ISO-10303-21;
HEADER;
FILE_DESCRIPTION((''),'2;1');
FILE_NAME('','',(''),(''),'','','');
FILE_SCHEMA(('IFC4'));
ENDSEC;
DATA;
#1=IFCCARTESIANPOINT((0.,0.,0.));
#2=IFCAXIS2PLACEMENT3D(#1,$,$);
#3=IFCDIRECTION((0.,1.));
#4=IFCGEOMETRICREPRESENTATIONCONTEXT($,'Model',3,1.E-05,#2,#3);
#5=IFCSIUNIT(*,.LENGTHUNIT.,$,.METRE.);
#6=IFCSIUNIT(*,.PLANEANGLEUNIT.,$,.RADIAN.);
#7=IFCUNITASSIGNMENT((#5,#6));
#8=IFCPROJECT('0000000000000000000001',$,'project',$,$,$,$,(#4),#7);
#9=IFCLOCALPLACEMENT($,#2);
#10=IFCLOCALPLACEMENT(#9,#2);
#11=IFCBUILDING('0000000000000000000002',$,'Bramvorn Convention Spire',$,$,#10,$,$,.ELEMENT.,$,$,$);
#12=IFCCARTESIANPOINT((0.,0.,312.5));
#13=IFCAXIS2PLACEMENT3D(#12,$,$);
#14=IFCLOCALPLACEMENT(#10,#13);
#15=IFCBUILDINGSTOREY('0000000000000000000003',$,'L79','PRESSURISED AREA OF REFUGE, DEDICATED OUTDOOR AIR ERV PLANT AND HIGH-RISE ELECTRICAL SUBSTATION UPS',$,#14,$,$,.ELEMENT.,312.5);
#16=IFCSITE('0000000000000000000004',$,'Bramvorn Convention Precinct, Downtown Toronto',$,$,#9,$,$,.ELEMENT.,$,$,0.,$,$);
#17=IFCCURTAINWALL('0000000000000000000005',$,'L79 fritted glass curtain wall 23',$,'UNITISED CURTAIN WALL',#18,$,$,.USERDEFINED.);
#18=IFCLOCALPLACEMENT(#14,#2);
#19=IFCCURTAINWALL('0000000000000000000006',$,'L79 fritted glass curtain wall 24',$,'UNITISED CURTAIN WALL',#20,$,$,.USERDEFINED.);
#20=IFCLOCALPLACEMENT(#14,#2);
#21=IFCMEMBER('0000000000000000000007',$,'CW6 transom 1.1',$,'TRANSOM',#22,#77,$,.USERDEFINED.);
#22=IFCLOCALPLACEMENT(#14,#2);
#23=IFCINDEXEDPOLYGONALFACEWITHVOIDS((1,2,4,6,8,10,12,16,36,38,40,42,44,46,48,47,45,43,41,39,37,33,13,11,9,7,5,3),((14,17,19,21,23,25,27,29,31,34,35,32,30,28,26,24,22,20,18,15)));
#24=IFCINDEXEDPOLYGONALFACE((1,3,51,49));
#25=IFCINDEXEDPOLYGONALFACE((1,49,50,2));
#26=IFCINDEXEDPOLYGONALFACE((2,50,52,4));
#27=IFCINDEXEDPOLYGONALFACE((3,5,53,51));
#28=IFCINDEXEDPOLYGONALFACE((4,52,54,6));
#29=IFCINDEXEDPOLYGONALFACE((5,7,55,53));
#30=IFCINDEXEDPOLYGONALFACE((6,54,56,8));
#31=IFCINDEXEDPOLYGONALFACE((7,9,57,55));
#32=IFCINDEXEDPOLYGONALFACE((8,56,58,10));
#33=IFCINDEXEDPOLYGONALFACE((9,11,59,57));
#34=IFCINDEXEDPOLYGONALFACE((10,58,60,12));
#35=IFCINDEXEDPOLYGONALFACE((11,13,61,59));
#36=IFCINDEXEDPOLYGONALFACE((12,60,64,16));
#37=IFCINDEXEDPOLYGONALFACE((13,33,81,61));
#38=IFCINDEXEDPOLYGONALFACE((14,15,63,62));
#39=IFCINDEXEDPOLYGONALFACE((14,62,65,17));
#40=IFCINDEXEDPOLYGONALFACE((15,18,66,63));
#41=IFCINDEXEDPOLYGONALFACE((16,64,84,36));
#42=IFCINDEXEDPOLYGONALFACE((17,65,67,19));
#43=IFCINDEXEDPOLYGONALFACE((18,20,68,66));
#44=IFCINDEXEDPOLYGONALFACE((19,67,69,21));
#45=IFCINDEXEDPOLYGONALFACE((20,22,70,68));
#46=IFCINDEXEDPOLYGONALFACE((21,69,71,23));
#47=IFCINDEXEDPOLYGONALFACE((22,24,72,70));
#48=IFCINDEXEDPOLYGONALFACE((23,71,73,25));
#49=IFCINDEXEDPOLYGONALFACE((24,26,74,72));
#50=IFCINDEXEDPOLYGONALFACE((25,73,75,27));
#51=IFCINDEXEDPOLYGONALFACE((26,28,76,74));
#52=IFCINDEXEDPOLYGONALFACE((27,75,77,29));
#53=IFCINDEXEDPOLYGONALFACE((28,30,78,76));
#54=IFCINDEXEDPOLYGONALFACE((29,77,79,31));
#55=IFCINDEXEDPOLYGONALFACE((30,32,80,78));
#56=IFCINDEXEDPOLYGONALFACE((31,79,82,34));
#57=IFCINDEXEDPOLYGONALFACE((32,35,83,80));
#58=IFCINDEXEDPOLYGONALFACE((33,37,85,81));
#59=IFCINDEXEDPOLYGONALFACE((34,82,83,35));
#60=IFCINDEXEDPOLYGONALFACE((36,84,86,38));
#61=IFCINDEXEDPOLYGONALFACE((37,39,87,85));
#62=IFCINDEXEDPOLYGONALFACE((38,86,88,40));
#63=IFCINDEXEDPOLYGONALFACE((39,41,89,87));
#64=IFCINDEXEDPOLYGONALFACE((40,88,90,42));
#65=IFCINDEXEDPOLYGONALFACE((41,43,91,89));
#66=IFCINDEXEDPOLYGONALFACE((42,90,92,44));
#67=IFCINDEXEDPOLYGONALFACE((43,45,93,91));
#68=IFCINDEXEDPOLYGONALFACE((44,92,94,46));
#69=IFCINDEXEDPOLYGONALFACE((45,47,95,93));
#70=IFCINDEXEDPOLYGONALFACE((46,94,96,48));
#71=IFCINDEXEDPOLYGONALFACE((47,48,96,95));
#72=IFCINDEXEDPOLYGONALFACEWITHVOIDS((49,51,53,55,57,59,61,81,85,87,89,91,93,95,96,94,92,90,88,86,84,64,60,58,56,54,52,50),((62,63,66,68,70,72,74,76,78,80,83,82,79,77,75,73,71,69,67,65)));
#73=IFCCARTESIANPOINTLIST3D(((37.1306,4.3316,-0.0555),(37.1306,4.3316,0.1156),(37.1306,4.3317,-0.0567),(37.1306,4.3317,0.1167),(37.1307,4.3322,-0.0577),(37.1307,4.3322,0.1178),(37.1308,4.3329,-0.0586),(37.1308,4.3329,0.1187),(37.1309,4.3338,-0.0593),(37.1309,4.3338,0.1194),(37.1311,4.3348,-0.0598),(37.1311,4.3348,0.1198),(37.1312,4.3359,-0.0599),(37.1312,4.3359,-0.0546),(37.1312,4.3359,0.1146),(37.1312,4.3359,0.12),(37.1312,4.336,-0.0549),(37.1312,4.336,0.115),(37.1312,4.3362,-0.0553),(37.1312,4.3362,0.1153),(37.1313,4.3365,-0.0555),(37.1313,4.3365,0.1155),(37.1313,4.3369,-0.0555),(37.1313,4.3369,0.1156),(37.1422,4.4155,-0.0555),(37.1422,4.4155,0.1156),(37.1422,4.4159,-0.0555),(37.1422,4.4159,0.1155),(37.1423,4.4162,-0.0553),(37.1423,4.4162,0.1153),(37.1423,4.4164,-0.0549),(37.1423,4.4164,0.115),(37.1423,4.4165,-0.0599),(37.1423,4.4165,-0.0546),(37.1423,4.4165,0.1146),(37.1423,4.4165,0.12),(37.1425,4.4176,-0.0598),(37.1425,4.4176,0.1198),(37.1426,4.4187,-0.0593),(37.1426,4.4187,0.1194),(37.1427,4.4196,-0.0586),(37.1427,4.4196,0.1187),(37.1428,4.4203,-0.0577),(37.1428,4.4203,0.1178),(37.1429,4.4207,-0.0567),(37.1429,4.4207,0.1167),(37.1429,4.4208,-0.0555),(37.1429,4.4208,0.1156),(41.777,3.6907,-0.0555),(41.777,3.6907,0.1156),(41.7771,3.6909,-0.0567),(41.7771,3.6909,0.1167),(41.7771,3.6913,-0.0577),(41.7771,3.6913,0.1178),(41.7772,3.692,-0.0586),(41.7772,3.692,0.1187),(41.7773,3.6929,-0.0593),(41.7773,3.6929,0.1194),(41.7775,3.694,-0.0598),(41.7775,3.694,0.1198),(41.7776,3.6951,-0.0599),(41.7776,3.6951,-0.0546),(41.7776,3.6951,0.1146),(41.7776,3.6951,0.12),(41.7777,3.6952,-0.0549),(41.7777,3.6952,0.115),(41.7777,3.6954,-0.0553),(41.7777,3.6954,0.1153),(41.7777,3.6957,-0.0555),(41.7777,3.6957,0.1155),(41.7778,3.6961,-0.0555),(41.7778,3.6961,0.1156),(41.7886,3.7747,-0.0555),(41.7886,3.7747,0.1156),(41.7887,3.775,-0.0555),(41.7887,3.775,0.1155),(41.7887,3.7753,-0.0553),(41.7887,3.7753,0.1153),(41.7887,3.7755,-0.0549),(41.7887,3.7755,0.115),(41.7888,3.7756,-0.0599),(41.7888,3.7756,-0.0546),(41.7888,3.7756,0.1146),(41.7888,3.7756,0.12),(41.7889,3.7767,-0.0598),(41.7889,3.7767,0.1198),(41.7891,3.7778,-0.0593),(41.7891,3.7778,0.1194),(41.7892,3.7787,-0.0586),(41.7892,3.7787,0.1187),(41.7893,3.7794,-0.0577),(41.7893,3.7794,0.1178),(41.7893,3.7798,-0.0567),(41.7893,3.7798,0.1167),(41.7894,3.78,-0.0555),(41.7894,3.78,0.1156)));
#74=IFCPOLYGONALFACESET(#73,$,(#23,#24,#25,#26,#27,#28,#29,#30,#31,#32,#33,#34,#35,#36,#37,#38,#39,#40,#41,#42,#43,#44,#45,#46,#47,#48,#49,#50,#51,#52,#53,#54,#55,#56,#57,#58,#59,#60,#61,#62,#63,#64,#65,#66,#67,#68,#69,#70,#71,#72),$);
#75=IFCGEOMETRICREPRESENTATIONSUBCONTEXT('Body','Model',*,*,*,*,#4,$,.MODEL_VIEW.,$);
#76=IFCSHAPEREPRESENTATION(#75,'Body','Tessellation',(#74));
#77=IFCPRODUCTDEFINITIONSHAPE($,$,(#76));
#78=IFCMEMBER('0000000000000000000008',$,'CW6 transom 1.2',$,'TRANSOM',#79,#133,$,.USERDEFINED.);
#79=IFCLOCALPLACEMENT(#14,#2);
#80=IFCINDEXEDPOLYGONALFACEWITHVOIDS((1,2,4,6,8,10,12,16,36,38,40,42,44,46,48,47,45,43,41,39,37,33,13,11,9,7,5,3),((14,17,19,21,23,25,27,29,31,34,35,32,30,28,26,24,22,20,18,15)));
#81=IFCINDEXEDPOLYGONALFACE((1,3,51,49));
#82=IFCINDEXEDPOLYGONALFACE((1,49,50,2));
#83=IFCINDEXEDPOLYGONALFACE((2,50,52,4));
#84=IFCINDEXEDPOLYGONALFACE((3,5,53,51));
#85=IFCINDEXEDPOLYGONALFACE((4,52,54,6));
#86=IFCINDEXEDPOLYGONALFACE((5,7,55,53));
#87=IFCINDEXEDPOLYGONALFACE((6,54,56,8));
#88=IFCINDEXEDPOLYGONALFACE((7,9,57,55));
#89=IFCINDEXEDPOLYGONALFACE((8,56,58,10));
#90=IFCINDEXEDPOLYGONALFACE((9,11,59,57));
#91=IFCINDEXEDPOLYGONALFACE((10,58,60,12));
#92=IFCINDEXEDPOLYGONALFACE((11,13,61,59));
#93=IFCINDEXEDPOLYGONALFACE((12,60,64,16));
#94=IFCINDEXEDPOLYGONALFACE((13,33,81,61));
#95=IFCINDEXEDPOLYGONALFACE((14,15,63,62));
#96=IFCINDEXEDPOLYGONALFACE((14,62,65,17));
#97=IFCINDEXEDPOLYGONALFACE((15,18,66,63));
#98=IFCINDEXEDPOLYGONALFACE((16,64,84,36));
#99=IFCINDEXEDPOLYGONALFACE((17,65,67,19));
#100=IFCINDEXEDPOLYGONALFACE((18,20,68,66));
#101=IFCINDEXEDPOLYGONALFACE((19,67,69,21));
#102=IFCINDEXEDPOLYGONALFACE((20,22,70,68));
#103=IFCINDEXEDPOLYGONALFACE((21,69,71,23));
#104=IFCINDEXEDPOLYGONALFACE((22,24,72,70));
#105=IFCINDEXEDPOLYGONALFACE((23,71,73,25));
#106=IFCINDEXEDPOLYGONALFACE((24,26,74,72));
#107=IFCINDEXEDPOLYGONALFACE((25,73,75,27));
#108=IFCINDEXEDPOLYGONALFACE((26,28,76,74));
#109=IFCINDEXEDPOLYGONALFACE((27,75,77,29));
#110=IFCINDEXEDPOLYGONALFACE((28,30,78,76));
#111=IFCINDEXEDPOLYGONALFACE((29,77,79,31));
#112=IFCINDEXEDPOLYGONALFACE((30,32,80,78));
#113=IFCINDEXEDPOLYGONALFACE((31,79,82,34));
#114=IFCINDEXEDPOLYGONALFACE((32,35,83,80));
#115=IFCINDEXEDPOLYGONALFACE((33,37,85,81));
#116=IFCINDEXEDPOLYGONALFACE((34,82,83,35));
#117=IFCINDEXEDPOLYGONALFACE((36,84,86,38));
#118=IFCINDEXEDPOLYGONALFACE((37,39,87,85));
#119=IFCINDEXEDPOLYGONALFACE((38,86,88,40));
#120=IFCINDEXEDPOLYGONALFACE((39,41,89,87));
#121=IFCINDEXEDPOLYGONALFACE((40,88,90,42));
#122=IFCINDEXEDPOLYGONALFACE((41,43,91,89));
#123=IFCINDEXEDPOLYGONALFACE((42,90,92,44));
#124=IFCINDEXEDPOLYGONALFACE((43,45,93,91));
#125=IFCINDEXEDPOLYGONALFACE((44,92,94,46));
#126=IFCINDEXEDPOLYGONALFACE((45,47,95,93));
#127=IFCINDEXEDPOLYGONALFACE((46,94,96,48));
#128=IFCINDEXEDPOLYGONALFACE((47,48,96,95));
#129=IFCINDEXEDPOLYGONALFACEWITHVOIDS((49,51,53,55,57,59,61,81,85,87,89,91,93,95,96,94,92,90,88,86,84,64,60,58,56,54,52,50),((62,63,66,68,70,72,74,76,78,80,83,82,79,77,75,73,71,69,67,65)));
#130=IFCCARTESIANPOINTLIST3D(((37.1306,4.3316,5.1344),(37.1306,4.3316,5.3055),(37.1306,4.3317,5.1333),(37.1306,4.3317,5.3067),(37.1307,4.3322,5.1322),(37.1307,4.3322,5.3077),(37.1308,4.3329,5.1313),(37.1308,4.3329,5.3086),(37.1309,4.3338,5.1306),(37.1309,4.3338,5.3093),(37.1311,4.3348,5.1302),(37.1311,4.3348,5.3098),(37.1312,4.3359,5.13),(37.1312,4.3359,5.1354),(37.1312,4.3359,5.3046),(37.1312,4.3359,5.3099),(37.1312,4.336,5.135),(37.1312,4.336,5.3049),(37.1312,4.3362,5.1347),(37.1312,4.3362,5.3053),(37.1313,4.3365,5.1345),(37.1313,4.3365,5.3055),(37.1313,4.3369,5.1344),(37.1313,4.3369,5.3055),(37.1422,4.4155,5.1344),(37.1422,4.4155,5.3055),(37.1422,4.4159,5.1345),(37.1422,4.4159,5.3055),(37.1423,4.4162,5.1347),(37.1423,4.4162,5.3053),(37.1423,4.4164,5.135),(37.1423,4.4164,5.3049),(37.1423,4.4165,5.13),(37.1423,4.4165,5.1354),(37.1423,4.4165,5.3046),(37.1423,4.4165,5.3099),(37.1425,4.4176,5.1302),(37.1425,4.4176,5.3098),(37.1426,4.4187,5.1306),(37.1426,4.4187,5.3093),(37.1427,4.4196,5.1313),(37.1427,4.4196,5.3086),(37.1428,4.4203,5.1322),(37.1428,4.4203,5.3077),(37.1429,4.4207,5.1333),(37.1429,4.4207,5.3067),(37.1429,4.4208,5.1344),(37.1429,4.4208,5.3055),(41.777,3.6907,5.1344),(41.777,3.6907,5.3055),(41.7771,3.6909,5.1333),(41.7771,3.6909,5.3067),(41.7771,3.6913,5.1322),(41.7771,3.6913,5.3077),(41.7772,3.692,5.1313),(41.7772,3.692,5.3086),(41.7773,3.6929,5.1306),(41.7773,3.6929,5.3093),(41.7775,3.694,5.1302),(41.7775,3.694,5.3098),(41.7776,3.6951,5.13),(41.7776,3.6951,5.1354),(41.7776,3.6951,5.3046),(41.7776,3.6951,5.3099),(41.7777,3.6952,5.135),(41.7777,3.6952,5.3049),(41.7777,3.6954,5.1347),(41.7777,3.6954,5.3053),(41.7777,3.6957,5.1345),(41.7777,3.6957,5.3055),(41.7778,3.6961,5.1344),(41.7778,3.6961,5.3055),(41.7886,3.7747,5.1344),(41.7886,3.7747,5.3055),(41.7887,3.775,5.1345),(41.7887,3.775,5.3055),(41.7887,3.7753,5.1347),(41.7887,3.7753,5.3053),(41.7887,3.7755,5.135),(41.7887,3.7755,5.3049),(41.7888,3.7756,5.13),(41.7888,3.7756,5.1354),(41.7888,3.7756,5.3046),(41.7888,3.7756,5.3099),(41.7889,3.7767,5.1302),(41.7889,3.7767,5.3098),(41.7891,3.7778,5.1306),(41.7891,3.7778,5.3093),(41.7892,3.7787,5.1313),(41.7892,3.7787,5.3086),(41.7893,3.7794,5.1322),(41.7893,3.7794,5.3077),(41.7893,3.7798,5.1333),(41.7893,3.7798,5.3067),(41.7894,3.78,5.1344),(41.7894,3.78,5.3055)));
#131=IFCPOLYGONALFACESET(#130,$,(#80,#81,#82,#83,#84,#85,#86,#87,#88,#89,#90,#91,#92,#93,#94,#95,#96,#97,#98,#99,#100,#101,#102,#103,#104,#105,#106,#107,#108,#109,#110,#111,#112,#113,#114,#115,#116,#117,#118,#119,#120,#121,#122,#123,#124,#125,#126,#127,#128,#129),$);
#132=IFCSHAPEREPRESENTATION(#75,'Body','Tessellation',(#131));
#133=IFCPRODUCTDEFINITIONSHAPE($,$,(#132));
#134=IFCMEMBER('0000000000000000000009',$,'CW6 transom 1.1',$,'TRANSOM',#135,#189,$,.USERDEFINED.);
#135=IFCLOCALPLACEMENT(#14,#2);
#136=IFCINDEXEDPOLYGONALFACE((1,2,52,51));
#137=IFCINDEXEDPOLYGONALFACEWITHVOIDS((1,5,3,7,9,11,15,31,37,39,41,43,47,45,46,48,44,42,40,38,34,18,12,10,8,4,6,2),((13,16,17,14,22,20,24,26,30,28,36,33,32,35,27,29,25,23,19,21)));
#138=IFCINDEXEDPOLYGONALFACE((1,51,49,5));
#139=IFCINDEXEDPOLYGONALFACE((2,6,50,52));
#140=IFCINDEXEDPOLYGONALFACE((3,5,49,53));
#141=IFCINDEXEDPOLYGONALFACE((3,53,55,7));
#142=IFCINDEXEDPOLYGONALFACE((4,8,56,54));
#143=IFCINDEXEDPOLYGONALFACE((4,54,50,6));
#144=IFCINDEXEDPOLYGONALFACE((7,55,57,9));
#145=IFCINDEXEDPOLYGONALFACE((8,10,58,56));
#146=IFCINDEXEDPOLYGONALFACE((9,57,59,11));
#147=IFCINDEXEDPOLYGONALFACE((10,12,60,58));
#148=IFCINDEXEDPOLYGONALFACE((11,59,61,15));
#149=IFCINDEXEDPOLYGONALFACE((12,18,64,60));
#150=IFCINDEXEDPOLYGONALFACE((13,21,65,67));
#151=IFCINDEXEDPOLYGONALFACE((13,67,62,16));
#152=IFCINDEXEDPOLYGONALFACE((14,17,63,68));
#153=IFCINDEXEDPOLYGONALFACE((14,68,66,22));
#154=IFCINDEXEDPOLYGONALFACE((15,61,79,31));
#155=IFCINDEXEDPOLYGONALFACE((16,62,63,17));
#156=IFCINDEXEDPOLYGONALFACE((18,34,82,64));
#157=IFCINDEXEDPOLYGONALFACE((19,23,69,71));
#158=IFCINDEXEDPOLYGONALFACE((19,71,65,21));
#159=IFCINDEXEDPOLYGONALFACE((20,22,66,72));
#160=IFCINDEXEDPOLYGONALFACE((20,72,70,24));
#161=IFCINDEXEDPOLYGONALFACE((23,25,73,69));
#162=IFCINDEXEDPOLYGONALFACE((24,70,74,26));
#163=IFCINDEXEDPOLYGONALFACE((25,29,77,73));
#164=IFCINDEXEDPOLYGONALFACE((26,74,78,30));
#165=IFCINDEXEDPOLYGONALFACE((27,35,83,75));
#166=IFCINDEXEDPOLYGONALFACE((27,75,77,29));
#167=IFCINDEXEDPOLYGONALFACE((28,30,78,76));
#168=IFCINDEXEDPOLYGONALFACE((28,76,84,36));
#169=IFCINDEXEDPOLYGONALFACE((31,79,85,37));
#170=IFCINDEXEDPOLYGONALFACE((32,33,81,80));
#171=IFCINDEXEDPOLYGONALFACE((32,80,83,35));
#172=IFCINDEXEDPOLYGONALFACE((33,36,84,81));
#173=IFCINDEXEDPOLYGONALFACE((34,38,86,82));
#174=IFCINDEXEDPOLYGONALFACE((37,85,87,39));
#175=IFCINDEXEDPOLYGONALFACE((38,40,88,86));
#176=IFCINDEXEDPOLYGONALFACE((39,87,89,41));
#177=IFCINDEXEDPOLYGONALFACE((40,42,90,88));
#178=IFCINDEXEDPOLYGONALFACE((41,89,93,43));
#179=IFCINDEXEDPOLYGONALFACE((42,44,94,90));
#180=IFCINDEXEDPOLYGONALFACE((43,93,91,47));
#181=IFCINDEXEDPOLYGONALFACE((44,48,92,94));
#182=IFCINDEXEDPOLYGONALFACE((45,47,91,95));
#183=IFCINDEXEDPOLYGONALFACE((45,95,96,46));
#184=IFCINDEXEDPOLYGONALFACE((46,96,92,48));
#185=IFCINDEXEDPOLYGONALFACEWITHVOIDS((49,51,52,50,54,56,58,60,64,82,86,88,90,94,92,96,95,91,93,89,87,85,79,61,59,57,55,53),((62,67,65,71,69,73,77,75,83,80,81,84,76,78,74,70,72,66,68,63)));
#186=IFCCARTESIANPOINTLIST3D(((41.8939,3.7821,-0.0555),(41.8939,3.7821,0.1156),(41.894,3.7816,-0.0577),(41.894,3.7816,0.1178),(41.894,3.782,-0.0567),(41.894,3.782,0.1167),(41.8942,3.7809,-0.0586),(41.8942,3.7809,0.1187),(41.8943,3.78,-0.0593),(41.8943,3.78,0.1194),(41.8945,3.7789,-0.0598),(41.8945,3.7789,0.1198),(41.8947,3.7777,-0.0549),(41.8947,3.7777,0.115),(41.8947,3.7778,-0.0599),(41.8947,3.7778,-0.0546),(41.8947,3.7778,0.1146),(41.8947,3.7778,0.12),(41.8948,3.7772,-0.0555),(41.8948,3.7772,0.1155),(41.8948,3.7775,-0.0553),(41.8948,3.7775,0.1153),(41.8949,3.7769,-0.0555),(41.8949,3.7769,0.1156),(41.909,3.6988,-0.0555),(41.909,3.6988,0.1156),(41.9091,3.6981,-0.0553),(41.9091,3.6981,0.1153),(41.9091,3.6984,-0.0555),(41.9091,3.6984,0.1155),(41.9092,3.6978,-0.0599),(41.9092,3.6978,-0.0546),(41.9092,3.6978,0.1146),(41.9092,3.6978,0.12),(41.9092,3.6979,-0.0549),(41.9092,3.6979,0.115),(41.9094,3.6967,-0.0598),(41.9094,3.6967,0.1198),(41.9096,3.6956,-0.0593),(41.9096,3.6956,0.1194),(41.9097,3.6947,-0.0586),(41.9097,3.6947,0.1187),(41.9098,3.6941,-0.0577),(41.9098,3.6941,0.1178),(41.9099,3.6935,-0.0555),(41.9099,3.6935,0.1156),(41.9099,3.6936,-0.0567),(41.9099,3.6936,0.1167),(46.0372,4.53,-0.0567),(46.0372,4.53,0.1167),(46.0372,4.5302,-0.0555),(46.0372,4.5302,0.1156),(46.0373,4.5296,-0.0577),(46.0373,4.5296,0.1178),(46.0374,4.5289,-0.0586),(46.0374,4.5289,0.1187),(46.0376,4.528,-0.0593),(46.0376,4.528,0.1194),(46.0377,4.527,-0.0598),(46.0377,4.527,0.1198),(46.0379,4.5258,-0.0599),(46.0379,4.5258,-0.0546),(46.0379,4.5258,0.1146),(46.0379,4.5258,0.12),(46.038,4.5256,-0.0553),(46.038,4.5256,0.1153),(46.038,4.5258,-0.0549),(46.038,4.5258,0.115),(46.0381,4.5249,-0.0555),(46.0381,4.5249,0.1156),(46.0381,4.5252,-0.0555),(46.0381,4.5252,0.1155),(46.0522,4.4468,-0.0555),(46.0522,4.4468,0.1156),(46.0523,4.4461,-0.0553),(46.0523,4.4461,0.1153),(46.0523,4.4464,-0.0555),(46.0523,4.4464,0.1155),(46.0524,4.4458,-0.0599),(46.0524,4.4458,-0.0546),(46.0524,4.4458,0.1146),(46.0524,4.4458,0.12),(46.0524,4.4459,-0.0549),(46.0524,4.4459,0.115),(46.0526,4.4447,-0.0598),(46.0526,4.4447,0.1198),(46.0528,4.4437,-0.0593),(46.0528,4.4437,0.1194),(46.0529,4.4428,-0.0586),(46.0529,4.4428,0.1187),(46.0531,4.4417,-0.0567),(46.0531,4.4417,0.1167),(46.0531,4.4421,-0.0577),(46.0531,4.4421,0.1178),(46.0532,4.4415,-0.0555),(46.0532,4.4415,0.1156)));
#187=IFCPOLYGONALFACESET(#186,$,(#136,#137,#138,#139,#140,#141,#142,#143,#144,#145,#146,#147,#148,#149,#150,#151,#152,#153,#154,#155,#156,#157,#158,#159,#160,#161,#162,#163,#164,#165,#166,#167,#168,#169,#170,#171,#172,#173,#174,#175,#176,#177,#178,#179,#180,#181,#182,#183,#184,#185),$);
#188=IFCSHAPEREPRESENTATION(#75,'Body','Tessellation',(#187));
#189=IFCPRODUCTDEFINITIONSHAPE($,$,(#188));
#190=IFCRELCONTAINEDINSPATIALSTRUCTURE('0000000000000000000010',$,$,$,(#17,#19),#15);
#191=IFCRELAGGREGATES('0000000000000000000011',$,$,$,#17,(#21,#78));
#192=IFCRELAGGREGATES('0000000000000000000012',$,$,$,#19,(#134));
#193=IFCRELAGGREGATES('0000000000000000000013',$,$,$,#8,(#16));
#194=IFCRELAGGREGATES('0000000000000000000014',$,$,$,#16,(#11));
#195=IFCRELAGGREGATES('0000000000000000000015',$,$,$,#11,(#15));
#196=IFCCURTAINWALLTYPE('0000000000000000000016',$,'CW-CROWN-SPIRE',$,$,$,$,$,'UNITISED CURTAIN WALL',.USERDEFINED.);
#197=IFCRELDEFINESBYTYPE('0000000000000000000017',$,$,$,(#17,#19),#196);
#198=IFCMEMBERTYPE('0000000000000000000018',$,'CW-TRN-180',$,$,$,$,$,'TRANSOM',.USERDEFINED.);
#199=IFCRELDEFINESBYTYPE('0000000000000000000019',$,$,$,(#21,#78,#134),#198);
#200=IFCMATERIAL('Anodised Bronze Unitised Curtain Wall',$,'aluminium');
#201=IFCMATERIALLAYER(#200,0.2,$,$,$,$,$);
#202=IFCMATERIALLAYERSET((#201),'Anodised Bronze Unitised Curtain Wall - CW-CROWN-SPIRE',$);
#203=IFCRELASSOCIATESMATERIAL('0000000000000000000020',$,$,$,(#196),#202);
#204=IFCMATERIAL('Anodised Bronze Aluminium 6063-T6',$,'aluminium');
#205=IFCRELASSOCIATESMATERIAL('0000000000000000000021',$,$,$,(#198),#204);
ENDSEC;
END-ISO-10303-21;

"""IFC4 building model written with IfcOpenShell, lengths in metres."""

from ifc_helpers import new_model, si_unit, direction, frame, origin, origin_2d, place, context, subcontext, project, spatial, hollow_rectangle, extrude, material, layer, layer_set, material_profile, profile_set, type_object, element, aggregate, save


model = new_model("IFC4")

# Units and contexts
model_context = context("Model", 3, precision=1e-05, world=origin(), true_north=direction((0.0, 1.0)))
body_context = subcontext(model_context, "Body", "Model", "MODEL_VIEW")
ifc_project = project(units=[si_unit("LENGTHUNIT", "METRE"), si_unit("PLANEANGLEUNIT", "RADIAN")], contexts=[model_context])

# Site, building, storey
site_placement = place(None, origin())
site = spatial("IfcSite", under=ifc_project, at=site_placement, Name="Bramvorn Convention Precinct, Downtown Toronto", CompositionType="ELEMENT", RefElevation=0.0)
building_placement = place(site_placement, origin())
building = spatial("IfcBuilding", under=site, at=building_placement, Name="Bramvorn Convention Spire", CompositionType="ELEMENT")
storey_placement = place(building_placement, frame((0.0, 0.0, 312.5)))
storey = spatial("IfcBuildingStorey", under=building, at=storey_placement, Name="L79", Description="PRESSURISED AREA OF REFUGE, DEDICATED OUTDOOR AIR ERV PLANT AND HIGH-RISE ELECTRICAL SUBSTATION UPS", CompositionType="ELEMENT", Elevation=312.5)

# Curtain wall
ifc_material_1 = material(Name="Anodised Bronze Unitised Curtain Wall", Category="aluminium")
ifc_layer_1 = layer(ifc_material_1, 0.2)
ifc_layer_set_1 = layer_set([ifc_layer_1], Name="Anodised Bronze Unitised Curtain Wall - CW-CROWN-SPIRE")
curtain_wall_type = type_object("IfcCurtainWallType", Name="CW-CROWN-SPIRE", ElementType="UNITISED CURTAIN WALL", PredefinedType="USERDEFINED", material=ifc_layer_set_1)
curtain_wall_1_placement = place(storey_placement, origin())
curtain_wall_1 = element("IfcCurtainWall", 1, at=curtain_wall_1_placement, inside=storey, type_object=curtain_wall_type, Name="L79 fritted glass curtain wall 23", ObjectType="UNITISED CURTAIN WALL", PredefinedType="USERDEFINED")
ifc_material_2 = material(Name="Anodised Bronze Aluminium 6063-T6", Category="aluminium")

# Curtain wall
curtain_wall_2_placement = place(storey_placement, origin())
curtain_wall_2 = element("IfcCurtainWall", 2, at=curtain_wall_2_placement, inside=storey, type_object=curtain_wall_type, Name="L79 fritted glass curtain wall 24", ObjectType="UNITISED CURTAIN WALL", PredefinedType="USERDEFINED")

# Members
ifc_material_profile_1 = material_profile(ifc_material_2, hollow_rectangle(XDim=0.0901, YDim=0.1799, WallThickness=0.0044, InnerFilletRadius=0.001, OuterFilletRadius=0.0044, at=origin_2d()))
ifc_profile_set_1 = profile_set([ifc_material_profile_1], Name="Anodised Bronze Aluminium 6063-T6 - CWT90X180")
member_type_1 = type_object("IfcMemberType", Name="CW-TRN-180", ElementType="TRANSOM", PredefinedType="USERDEFINED", material=ifc_profile_set_1)
member_1_placement = place(storey_placement, frame((41.7832, 3.7354, 0.03), z_axis=(-0.990622, 0.136632, 0.0), x_axis=(-0.136632, -0.990622, 0.0)))
member_1 = element("IfcMember", 3, at=member_1_placement, type_object=member_type_1, Name="CW6 transom 1.1", ObjectType="TRANSOM", PredefinedType="USERDEFINED", context=body_context, shape_type="SweptSolid", body=[
    extrude(hollow_rectangle(XDim=0.0901, YDim=0.1799, WallThickness=0.0044, InnerFilletRadius=0.001, OuterFilletRadius=0.0044, at=origin_2d()), origin(), (0.0, 0.0, 1.0), 4.6904),
])
member_2_placement = place(storey_placement, frame((41.7832, 3.7354, 5.22), z_axis=(-0.990622, 0.136632, 0.0), x_axis=(-0.136632, -0.990622, 0.0)))
member_2 = element("IfcMember", 4, at=member_2_placement, type_object=member_type_1, Name="CW6 transom 1.2", ObjectType="TRANSOM", PredefinedType="USERDEFINED", context=body_context, shape_type="SweptSolid", body=[
    extrude(hollow_rectangle(XDim=0.0901, YDim=0.1799, WallThickness=0.0044, InnerFilletRadius=0.001, OuterFilletRadius=0.0044, at=origin_2d()), origin(), (0.0, 0.0, 1.0), 4.6904),
])
member_3_placement = place(storey_placement, frame((46.0452, 4.4858, 0.03), z_axis=(-0.98409, -0.177671, 0.0), x_axis=(0.177671, -0.98409, 0.0)))
member_3 = element("IfcMember", 5, at=member_3_placement, type_object=member_type_1, Name="CW6 transom 1.1", ObjectType="TRANSOM", PredefinedType="USERDEFINED", context=body_context, shape_type="SweptSolid", body=[
    extrude(hollow_rectangle(XDim=0.0901, YDim=0.1799, WallThickness=0.0044, InnerFilletRadius=0.001, OuterFilletRadius=0.0044, at=origin_2d()), origin(), (0.0, 0.0, 1.0), 4.2102),
])

aggregate(curtain_wall_1, [member_1, member_2])
aggregate(curtain_wall_2, [member_3])

save(model, "model.ifc")
